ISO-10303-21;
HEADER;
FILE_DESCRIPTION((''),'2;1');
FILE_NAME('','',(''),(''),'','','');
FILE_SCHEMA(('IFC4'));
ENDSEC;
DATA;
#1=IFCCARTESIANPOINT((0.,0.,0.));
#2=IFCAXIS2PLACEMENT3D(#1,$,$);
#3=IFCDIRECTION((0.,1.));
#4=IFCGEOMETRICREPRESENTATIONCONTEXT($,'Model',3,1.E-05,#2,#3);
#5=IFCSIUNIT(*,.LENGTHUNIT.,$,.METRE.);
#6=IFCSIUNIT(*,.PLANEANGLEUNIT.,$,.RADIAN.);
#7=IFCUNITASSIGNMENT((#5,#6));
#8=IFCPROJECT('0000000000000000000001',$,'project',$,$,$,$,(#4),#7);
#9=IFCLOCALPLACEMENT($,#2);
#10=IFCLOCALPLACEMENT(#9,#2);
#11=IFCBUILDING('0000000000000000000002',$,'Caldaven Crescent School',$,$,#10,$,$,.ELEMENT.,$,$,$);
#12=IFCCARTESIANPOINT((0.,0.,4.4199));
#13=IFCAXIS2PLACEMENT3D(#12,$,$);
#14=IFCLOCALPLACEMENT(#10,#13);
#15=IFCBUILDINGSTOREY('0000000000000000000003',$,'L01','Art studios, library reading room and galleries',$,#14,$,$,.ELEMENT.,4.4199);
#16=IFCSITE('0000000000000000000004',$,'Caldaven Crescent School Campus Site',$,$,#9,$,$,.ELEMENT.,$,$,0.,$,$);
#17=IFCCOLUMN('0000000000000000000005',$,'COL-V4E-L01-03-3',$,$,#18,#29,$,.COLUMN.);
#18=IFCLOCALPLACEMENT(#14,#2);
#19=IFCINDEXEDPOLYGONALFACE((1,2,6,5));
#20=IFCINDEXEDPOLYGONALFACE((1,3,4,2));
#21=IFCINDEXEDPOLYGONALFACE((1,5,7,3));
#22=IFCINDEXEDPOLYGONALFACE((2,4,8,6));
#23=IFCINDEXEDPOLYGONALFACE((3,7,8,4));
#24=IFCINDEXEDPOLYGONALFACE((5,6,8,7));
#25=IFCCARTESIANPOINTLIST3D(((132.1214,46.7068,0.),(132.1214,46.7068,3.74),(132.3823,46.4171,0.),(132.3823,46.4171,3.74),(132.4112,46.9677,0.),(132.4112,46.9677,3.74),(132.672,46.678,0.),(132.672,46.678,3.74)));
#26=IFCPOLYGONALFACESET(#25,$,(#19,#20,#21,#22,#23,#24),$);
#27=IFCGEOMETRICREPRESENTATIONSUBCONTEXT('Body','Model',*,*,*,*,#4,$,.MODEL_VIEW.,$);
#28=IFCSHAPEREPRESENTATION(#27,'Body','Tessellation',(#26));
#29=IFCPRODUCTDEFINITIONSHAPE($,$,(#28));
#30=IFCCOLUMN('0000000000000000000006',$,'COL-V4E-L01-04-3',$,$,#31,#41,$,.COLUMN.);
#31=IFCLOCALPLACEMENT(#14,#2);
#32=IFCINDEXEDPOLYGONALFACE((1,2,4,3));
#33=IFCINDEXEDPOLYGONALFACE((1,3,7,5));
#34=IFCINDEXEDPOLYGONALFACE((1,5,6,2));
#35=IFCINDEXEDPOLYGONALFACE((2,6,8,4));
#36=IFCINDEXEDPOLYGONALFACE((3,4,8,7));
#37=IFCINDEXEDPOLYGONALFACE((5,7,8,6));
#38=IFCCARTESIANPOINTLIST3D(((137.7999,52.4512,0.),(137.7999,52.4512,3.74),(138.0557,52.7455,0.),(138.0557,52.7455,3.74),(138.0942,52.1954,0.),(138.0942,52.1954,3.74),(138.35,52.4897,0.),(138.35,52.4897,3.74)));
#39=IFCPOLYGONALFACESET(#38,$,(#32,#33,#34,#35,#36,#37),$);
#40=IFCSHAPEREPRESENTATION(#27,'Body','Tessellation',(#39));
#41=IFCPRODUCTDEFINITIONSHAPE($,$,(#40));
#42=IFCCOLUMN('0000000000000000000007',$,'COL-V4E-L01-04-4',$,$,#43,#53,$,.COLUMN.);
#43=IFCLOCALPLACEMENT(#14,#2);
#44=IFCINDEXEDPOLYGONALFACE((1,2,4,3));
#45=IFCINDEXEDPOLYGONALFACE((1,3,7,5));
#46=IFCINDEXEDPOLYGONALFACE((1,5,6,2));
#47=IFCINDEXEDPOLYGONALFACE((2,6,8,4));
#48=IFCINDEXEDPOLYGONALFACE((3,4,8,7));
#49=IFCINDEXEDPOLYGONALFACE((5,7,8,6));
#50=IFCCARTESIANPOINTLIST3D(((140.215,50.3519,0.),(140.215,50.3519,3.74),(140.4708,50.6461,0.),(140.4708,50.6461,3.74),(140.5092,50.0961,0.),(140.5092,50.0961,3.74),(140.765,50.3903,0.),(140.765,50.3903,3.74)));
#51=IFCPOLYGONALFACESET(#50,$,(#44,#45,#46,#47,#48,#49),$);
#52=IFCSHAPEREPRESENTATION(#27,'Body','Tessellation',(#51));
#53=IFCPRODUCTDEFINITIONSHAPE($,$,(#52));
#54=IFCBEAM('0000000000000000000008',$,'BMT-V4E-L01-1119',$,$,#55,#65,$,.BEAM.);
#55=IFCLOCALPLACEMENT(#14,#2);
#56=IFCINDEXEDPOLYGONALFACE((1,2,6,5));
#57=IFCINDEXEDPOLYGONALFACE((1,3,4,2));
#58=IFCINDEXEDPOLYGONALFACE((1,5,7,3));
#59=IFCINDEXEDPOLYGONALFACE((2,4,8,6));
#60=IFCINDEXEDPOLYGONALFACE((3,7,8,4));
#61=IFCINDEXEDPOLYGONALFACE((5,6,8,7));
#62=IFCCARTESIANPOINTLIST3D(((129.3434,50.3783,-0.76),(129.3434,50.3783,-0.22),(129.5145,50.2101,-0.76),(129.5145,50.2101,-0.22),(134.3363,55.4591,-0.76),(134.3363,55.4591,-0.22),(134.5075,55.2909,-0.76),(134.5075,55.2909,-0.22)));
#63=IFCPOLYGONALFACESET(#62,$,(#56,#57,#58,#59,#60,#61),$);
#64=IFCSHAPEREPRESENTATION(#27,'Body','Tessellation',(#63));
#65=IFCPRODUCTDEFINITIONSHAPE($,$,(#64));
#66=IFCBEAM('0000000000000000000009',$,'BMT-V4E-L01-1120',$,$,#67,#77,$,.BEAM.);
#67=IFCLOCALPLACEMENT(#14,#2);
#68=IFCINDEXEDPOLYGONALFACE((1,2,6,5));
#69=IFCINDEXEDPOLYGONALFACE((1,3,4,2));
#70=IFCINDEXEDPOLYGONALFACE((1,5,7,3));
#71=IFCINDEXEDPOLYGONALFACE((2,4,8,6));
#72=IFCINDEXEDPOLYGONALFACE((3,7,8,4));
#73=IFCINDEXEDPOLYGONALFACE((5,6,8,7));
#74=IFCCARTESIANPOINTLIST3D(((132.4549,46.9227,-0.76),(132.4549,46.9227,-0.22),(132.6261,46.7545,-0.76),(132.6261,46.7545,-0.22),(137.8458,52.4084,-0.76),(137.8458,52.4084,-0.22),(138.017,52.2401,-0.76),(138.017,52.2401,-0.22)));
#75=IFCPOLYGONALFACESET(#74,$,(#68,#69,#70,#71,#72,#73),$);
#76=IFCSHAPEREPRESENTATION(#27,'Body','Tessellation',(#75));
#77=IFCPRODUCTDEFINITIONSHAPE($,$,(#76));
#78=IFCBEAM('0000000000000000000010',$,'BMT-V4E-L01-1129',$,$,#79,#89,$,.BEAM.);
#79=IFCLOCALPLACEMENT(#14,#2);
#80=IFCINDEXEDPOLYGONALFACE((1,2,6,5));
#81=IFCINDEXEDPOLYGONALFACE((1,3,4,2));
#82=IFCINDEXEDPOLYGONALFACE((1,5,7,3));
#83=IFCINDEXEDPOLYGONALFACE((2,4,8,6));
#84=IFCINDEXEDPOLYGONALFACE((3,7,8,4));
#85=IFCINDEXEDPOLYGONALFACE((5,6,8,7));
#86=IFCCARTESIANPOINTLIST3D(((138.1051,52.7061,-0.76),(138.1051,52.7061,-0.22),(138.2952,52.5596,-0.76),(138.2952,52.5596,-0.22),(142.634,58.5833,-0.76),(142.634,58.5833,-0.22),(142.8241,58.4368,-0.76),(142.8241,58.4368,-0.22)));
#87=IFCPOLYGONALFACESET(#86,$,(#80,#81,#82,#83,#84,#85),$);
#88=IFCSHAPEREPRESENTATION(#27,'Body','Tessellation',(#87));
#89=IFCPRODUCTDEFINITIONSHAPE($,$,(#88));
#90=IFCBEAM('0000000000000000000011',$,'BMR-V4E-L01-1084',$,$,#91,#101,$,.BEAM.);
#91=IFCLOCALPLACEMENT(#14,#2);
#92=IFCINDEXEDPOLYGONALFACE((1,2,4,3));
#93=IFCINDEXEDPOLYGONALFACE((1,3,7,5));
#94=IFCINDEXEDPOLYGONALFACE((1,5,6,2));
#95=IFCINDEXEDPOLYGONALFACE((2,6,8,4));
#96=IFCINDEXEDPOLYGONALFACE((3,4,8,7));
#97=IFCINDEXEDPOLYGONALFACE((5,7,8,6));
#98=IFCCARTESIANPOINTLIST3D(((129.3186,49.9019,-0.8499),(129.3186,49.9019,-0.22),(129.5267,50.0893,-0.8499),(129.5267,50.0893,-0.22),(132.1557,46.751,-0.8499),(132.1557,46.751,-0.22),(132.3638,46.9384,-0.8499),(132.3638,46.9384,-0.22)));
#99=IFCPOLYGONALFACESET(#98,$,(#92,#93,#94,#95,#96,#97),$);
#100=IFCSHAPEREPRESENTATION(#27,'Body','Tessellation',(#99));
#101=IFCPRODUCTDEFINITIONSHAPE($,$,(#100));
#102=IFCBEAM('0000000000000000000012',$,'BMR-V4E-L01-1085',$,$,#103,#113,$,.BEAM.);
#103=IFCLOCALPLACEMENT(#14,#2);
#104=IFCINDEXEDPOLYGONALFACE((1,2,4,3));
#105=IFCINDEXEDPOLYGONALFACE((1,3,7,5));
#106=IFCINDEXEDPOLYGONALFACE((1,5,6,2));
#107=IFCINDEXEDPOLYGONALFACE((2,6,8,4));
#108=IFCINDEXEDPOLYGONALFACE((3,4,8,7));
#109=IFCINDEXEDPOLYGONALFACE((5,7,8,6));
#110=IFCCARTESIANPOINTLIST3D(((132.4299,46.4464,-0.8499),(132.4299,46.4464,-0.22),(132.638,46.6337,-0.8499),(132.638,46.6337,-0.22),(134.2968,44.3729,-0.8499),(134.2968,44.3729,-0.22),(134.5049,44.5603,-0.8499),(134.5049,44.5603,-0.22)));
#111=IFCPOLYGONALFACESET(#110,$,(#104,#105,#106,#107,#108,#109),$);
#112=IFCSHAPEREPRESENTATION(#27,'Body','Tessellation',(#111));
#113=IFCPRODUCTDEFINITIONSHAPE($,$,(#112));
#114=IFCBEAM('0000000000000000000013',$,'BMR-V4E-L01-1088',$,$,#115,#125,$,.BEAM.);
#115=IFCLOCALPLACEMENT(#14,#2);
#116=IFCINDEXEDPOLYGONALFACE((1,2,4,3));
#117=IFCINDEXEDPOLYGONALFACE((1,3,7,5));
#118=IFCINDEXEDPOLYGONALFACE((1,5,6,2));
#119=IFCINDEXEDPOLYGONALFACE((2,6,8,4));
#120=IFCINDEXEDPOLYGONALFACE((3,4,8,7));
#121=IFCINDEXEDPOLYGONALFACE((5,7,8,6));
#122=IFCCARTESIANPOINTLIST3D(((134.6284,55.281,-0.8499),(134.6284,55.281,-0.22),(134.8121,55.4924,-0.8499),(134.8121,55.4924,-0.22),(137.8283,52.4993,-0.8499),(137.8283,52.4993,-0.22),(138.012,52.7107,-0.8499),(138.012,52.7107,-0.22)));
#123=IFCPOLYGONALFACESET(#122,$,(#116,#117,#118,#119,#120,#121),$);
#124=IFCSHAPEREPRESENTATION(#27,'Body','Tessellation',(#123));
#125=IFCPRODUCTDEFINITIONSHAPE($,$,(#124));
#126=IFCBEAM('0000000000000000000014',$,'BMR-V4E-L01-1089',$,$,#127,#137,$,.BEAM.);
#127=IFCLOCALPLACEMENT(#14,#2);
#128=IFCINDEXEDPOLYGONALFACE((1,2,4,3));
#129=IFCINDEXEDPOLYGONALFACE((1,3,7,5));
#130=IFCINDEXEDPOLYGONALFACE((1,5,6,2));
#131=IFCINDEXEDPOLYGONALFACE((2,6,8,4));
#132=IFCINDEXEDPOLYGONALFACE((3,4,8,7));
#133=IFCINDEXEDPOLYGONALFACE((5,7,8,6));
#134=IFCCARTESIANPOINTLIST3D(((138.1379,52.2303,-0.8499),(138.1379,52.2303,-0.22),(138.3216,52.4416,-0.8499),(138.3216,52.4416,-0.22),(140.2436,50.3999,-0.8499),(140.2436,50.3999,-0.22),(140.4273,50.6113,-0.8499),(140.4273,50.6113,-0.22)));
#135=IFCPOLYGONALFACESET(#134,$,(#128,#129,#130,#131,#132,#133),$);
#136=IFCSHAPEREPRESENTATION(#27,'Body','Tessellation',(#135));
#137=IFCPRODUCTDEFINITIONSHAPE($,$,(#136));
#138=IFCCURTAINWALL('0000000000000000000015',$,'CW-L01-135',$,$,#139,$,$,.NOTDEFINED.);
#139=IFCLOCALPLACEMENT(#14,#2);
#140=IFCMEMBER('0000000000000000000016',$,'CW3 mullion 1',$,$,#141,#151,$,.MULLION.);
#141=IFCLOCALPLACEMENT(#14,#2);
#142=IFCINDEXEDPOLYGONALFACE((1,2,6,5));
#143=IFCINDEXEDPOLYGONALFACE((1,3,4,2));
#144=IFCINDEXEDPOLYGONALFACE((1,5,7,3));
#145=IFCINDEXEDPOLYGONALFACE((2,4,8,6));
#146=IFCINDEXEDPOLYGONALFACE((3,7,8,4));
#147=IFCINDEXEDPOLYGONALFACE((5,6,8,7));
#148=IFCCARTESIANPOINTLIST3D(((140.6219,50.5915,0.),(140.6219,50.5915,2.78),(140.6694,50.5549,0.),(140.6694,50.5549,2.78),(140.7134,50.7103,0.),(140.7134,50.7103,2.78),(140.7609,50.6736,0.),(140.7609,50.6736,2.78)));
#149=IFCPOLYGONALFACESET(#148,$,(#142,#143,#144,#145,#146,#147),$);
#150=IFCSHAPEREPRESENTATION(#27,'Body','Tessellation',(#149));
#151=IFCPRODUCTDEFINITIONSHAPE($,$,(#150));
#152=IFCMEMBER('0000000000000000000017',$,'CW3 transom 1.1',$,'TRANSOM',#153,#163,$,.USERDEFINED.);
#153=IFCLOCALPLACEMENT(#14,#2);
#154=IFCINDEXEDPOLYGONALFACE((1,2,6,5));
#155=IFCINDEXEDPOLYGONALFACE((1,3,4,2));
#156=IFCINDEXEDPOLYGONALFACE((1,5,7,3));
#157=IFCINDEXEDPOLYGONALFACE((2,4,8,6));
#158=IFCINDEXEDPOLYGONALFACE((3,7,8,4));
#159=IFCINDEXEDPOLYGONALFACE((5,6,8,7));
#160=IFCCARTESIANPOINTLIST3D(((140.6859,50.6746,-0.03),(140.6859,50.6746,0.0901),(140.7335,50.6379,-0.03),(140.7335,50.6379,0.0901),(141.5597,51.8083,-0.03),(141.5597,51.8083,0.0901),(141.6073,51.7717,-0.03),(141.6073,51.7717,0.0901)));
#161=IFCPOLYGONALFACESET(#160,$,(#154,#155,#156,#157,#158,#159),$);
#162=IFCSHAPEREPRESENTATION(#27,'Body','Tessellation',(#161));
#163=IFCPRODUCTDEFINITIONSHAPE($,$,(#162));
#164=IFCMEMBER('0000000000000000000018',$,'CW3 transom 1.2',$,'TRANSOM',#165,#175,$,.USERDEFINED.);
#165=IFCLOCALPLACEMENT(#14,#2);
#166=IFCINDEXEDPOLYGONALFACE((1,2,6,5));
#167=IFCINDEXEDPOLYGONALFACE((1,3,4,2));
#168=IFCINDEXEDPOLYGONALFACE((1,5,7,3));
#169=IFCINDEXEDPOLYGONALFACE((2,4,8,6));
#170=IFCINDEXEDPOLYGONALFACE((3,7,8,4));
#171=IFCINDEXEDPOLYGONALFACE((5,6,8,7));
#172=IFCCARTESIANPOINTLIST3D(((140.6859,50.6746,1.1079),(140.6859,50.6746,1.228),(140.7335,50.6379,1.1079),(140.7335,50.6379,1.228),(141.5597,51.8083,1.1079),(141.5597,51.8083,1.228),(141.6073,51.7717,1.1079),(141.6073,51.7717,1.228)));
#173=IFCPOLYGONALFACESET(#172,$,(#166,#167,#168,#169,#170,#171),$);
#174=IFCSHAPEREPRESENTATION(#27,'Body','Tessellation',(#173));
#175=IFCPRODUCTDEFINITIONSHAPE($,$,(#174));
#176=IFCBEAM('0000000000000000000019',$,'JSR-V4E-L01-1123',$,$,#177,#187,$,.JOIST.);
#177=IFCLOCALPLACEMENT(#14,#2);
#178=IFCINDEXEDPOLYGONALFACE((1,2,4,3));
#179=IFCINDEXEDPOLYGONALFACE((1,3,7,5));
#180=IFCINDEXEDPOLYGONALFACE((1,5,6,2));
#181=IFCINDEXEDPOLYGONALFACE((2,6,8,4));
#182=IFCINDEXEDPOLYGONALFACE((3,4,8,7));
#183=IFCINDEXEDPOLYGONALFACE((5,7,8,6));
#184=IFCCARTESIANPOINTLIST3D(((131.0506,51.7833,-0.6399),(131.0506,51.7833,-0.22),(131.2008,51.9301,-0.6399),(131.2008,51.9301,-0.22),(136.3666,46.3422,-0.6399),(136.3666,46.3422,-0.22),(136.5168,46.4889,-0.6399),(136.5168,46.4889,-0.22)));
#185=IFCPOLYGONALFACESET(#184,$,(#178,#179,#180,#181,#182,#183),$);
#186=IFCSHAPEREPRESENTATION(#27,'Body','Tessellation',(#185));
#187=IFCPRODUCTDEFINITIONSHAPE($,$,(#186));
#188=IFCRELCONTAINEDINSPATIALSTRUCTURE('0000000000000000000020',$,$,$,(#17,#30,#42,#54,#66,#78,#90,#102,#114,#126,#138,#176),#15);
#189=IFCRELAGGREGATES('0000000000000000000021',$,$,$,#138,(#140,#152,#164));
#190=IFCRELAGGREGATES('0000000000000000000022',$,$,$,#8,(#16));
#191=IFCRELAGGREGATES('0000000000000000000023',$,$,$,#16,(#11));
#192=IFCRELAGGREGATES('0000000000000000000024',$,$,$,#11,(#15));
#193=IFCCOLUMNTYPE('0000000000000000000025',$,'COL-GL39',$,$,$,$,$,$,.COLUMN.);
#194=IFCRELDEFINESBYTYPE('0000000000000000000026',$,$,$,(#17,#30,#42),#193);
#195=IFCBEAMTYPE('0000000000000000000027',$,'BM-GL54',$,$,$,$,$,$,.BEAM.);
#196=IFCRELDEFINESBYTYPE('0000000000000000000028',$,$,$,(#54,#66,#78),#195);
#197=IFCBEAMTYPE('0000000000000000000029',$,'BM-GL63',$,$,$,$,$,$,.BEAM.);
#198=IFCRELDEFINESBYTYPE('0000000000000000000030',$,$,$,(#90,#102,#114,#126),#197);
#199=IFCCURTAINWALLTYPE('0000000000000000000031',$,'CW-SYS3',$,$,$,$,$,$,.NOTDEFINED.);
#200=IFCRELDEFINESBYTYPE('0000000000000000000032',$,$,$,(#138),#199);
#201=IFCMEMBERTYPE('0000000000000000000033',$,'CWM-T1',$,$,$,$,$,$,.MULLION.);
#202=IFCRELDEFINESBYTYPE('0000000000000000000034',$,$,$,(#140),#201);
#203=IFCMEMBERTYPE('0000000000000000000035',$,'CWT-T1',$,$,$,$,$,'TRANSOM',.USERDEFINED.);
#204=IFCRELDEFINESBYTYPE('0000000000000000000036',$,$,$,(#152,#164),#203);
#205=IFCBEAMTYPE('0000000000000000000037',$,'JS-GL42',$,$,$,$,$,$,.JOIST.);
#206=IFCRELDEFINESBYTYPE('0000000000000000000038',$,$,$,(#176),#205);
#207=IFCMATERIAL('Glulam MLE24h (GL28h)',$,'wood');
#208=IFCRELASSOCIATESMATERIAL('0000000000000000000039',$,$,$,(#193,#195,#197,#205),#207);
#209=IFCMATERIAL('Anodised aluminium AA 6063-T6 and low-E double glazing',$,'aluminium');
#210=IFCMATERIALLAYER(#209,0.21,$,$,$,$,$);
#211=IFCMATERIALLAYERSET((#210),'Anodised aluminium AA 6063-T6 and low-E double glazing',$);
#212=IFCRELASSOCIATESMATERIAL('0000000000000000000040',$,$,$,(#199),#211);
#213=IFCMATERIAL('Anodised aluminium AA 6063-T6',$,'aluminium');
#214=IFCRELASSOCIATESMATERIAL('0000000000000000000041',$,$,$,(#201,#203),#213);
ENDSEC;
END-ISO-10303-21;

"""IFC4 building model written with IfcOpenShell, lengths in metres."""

from ifc_helpers import new_model, si_unit, direction, frame, origin, origin_2d, place, context, subcontext, project, spatial, rectangle, extrude, material, layer, layer_set, material_profile, profile_set, type_object, element, aggregate, save


model = new_model("IFC4")

# Units and contexts
model_context = context("Model", 3, precision=1e-05, world=origin(), true_north=direction((0.0, 1.0)))
body_context = subcontext(model_context, "Body", "Model", "MODEL_VIEW")
ifc_project = project(units=[si_unit("LENGTHUNIT", "METRE"), si_unit("PLANEANGLEUNIT", "RADIAN")], contexts=[model_context])

# Site, building, storey
site_placement = place(None, origin())
site = spatial("IfcSite", under=ifc_project, at=site_placement, Name="Caldaven Crescent School Campus Site", CompositionType="ELEMENT", RefElevation=0.0)
building_placement = place(site_placement, origin())
building = spatial("IfcBuilding", under=site, at=building_placement, Name="Caldaven Crescent School", CompositionType="ELEMENT")
storey_placement = place(building_placement, frame((0.0, 0.0, 4.4199)))
storey = spatial("IfcBuildingStorey", under=building, at=storey_placement, Name="L01", Description="Art studios, library reading room and galleries", CompositionType="ELEMENT", Elevation=4.4199)

# Columns
ifc_material_1 = material(Name="Glulam MLE24h (GL28h)", Category="wood")
ifc_material_profile_1 = material_profile(ifc_material_1, rectangle(XDim=0.3899, YDim=0.3899, at=origin_2d()), Name="MLE 390x390")
ifc_profile_set_1 = profile_set([ifc_material_profile_1], Name="Glulam MLE24h (GL28h)")
column_type = type_object("IfcColumnType", Name="COL-GL39", PredefinedType="COLUMN", material=ifc_profile_set_1)
for number, where, z_axis, x_axis, name in (
    (1, (132.3967, 46.6924, 0.0), (0.0, 0.0, 1.0), (0.669131, -0.743145, 0.0), "COL-V4E-L01-03-3"),
    (2, (138.075, 52.4705, 0.0), (0.0, 0.0, 1.0), (0.75471, -0.656059, 0.0), "COL-V4E-L01-04-3"),
    (3, (140.49, 50.3711, 0.0), (0.0, 0.0, 1.0), (0.75471, -0.656059, 0.0), "COL-V4E-L01-04-4"),
):
    element("IfcColumn", number, at=place(storey_placement, frame(where, z_axis=z_axis, x_axis=x_axis)), inside=storey, type_object=column_type, Name=name, PredefinedType="COLUMN", context=body_context, shape_type="SweptSolid", body=[
        extrude(rectangle(XDim=0.3899, YDim=0.3899, at=origin_2d()), origin(), (0.0, 0.0, 1.0), 3.74),
    ])

# Beams
ifc_material_profile_2 = material_profile(ifc_material_1, rectangle(XDim=0.24, YDim=0.54, at=origin_2d()), Name="MLE 240x540")
ifc_profile_set_2 = profile_set([ifc_material_profile_2], Name="Glulam MLE24h (GL28h)")
beam_type_1 = type_object("IfcBeamType", Name="BM-GL54", PredefinedType="BEAM", material=ifc_profile_set_2)
beam_1_placement = place(storey_placement, frame((129.429, 50.2942, -0.49), z_axis=(0.700911, 0.713249, 0.0), x_axis=(-0.713249, 0.700911, 0.0)))
element("IfcBeam", 4, at=beam_1_placement, inside=storey, type_object=beam_type_1, Name="BMT-V4E-L01-1119", PredefinedType="BEAM", context=body_context, shape_type="SweptSolid", body=[
    extrude(rectangle(XDim=0.24, YDim=0.54, at=origin_2d()), origin(), (0.0, 0.0, 1.0), 7.1235),
])
beam_2_placement = place(storey_placement, frame((132.5405, 46.8386, -0.49), z_axis=(0.700922, 0.713238, 0.0), x_axis=(-0.713238, 0.700922, 0.0)))
element("IfcBeam", 5, at=beam_2_placement, inside=storey, type_object=beam_type_1, Name="BMT-V4E-L01-1120", PredefinedType="BEAM", context=body_context, shape_type="SweptSolid", body=[
    extrude(rectangle(XDim=0.24, YDim=0.54, at=origin_2d()), origin(), (0.0, 0.0, 1.0), 7.6912),
])
beam_3_placement = place(storey_placement, frame((138.2002, 52.6328, -0.49), z_axis=(0.610378, 0.79211, 0.0), x_axis=(-0.79211, 0.610378, 0.0)))
element("IfcBeam", 6, at=beam_3_placement, inside=storey, type_object=beam_type_1, Name="BMT-V4E-L01-1129", PredefinedType="BEAM", context=body_context, shape_type="SweptSolid", body=[
    extrude(rectangle(XDim=0.24, YDim=0.54, at=origin_2d()), origin(), (0.0, 0.0, 1.0), 7.4197),
])
ifc_material_profile_3 = material_profile(ifc_material_1, rectangle(XDim=0.28, YDim=0.6299, at=origin_2d()), Name="MLE 280x630")
ifc_profile_set_3 = profile_set([ifc_material_profile_3], Name="Glulam MLE24h (GL28h)")
beam_type_2 = type_object("IfcBeamType", Name="BM-GL63", PredefinedType="BEAM", material=ifc_profile_set_3)
beam_4_placement = place(storey_placement, frame((129.4226, 49.9956, -0.5349), z_axis=(0.669143, -0.743134, 0.0), x_axis=(0.743134, 0.669143, 0.0)))
element("IfcBeam", 7, at=beam_4_placement, inside=storey, type_object=beam_type_2, Name="BMR-V4E-L01-1084", PredefinedType="BEAM", context=body_context, shape_type="SweptSolid", body=[
    extrude(rectangle(XDim=0.28, YDim=0.6299, at=origin_2d()), origin(), (0.0, 0.0, 1.0), 4.24),
])
beam_5_placement = place(storey_placement, frame((132.5339, 46.54, -0.5349), z_axis=(0.669124, -0.743151, 0.0), x_axis=(0.743151, 0.669124, 0.0)))
element("IfcBeam", 8, at=beam_5_placement, inside=storey, type_object=beam_type_2, Name="BMR-V4E-L01-1085", PredefinedType="BEAM", context=body_context, shape_type="SweptSolid", body=[
    extrude(rectangle(XDim=0.28, YDim=0.6299, at=origin_2d()), origin(), (0.0, 0.0, 1.0), 2.79),
])
beam_6_placement = place(storey_placement, frame((134.7202, 55.3867, -0.5349), z_axis=(0.754702, -0.656068, 0.0), x_axis=(0.656068, 0.754702, 0.0)))
element("IfcBeam", 9, at=beam_6_placement, inside=storey, type_object=beam_type_2, Name="BMR-V4E-L01-1088", PredefinedType="BEAM", context=body_context, shape_type="SweptSolid", body=[
    extrude(rectangle(XDim=0.28, YDim=0.6299, at=origin_2d()), origin(), (0.0, 0.0, 1.0), 4.24),
])
beam_7_placement = place(storey_placement, frame((138.2297, 52.3359, -0.5349), z_axis=(0.754735, -0.656029, 0.0), x_axis=(0.656029, 0.754735, 0.0)))
element("IfcBeam", 10, at=beam_7_placement, inside=storey, type_object=beam_type_2, Name="BMR-V4E-L01-1089", PredefinedType="BEAM", context=body_context, shape_type="SweptSolid", body=[
    extrude(rectangle(XDim=0.28, YDim=0.6299, at=origin_2d()), origin(), (0.0, 0.0, 1.0), 2.79),
])

# Curtain wall, members
ifc_material_2 = material(Name="Anodised aluminium AA 6063-T6 and low-E double glazing", Category="aluminium")
ifc_layer_1 = layer(ifc_material_2, 0.21)
ifc_layer_set_1 = layer_set([ifc_layer_1], Name="Anodised aluminium AA 6063-T6 and low-E double glazing")
curtain_wall_type = type_object("IfcCurtainWallType", Name="CW-SYS3", PredefinedType="NOTDEFINED", material=ifc_layer_set_1)
curtain_wall_placement = place(storey_placement, origin())
curtain_wall = element("IfcCurtainWall", 11, at=curtain_wall_placement, inside=storey, type_object=curtain_wall_type, Name="CW-L01-135", PredefinedType="NOTDEFINED")
ifc_material_3 = material(Name="Anodised aluminium AA 6063-T6", Category="aluminium")
ifc_material_profile_4 = material_profile(ifc_material_3, rectangle(XDim=0.0601, YDim=0.1499, at=origin_2d()), Name="CWM 60x150")
ifc_profile_set_4 = profile_set([ifc_material_profile_4], Name="Anodised aluminium AA 6063-T6")
member_type_1 = type_object("IfcMemberType", Name="CWM-T1", PredefinedType="MULLION", material=ifc_profile_set_4)
member_1_placement = place(storey_placement, frame((140.6914, 50.6326, 0.0), z_axis=(0.0, 0.0, 1.0), x_axis=(-0.792104, 0.610386, 0.0)))
member_1 = element("IfcMember", 12, at=member_1_placement, type_object=member_type_1, Name="CW3 mullion 1", PredefinedType="MULLION", context=body_context, shape_type="SweptSolid", body=[
    extrude(rectangle(XDim=0.0601, YDim=0.1499, at=origin_2d()), origin(), (0.0, 0.0, 1.0), 2.78),
])
ifc_material_profile_5 = material_profile(ifc_material_3, rectangle(XDim=0.0601, YDim=0.1201, at=origin_2d()), Name="CWT 60x120")
ifc_profile_set_5 = profile_set([ifc_material_profile_5], Name="Anodised aluminium AA 6063-T6")
member_type_2 = type_object("IfcMemberType", Name="CWT-T1", ElementType="TRANSOM", PredefinedType="USERDEFINED", material=ifc_profile_set_5)
member_2_placement = place(storey_placement, frame((140.7097, 50.6562, 0.03), z_axis=(0.610428, 0.792072, 0.0), x_axis=(-0.792072, 0.610428, 0.0)))
member_2 = element("IfcMember", 13, at=member_2_placement, type_object=member_type_2, Name="CW3 transom 1.1", ObjectType="TRANSOM", PredefinedType="USERDEFINED", context=body_context, shape_type="SweptSolid", body=[
    extrude(rectangle(XDim=0.0601, YDim=0.1201, at=origin_2d()), origin(), (0.0, 0.0, 1.0), 1.4314),
])
member_3_placement = place(storey_placement, frame((140.7097, 50.6562, 1.168), z_axis=(0.610428, 0.792072, 0.0), x_axis=(-0.792072, 0.610428, 0.0)))
member_3 = element("IfcMember", 14, at=member_3_placement, type_object=member_type_2, Name="CW3 transom 1.2", ObjectType="TRANSOM", PredefinedType="USERDEFINED", context=body_context, shape_type="SweptSolid", body=[
    extrude(rectangle(XDim=0.0601, YDim=0.1201, at=origin_2d()), origin(), (0.0, 0.0, 1.0), 1.4314),
])
aggregate(curtain_wall, [member_1, member_2, member_3])

# Beam
ifc_material_profile_6 = material_profile(ifc_material_1, rectangle(XDim=0.21, YDim=0.4199, at=origin_2d()), Name="MLE 210x420")
ifc_profile_set_6 = profile_set([ifc_material_profile_6], Name="Glulam MLE24h (GL28h)")
beam_type_3 = type_object("IfcBeamType", Name="JS-GL42", PredefinedType="JOIST", material=ifc_profile_set_6)
for number, where, z_axis, x_axis, name in (
    (15, (131.1257, 51.8567, -0.4299), (0.698827, -0.715291, 0.0), (0.715291, 0.698827, 0.0), "JSR-V4E-L01-1123"),
):
    element("IfcBeam", number, at=place(storey_placement, frame(where, z_axis=z_axis, x_axis=x_axis)), inside=storey, type_object=beam_type_3, Name=name, PredefinedType="JOIST", context=body_context, shape_type="SweptSolid", body=[
        extrude(rectangle(XDim=0.21, YDim=0.4199, at=origin_2d()), origin(), (0.0, 0.0, 1.0), 7.6069),
    ])

save(model, "model.ifc")
